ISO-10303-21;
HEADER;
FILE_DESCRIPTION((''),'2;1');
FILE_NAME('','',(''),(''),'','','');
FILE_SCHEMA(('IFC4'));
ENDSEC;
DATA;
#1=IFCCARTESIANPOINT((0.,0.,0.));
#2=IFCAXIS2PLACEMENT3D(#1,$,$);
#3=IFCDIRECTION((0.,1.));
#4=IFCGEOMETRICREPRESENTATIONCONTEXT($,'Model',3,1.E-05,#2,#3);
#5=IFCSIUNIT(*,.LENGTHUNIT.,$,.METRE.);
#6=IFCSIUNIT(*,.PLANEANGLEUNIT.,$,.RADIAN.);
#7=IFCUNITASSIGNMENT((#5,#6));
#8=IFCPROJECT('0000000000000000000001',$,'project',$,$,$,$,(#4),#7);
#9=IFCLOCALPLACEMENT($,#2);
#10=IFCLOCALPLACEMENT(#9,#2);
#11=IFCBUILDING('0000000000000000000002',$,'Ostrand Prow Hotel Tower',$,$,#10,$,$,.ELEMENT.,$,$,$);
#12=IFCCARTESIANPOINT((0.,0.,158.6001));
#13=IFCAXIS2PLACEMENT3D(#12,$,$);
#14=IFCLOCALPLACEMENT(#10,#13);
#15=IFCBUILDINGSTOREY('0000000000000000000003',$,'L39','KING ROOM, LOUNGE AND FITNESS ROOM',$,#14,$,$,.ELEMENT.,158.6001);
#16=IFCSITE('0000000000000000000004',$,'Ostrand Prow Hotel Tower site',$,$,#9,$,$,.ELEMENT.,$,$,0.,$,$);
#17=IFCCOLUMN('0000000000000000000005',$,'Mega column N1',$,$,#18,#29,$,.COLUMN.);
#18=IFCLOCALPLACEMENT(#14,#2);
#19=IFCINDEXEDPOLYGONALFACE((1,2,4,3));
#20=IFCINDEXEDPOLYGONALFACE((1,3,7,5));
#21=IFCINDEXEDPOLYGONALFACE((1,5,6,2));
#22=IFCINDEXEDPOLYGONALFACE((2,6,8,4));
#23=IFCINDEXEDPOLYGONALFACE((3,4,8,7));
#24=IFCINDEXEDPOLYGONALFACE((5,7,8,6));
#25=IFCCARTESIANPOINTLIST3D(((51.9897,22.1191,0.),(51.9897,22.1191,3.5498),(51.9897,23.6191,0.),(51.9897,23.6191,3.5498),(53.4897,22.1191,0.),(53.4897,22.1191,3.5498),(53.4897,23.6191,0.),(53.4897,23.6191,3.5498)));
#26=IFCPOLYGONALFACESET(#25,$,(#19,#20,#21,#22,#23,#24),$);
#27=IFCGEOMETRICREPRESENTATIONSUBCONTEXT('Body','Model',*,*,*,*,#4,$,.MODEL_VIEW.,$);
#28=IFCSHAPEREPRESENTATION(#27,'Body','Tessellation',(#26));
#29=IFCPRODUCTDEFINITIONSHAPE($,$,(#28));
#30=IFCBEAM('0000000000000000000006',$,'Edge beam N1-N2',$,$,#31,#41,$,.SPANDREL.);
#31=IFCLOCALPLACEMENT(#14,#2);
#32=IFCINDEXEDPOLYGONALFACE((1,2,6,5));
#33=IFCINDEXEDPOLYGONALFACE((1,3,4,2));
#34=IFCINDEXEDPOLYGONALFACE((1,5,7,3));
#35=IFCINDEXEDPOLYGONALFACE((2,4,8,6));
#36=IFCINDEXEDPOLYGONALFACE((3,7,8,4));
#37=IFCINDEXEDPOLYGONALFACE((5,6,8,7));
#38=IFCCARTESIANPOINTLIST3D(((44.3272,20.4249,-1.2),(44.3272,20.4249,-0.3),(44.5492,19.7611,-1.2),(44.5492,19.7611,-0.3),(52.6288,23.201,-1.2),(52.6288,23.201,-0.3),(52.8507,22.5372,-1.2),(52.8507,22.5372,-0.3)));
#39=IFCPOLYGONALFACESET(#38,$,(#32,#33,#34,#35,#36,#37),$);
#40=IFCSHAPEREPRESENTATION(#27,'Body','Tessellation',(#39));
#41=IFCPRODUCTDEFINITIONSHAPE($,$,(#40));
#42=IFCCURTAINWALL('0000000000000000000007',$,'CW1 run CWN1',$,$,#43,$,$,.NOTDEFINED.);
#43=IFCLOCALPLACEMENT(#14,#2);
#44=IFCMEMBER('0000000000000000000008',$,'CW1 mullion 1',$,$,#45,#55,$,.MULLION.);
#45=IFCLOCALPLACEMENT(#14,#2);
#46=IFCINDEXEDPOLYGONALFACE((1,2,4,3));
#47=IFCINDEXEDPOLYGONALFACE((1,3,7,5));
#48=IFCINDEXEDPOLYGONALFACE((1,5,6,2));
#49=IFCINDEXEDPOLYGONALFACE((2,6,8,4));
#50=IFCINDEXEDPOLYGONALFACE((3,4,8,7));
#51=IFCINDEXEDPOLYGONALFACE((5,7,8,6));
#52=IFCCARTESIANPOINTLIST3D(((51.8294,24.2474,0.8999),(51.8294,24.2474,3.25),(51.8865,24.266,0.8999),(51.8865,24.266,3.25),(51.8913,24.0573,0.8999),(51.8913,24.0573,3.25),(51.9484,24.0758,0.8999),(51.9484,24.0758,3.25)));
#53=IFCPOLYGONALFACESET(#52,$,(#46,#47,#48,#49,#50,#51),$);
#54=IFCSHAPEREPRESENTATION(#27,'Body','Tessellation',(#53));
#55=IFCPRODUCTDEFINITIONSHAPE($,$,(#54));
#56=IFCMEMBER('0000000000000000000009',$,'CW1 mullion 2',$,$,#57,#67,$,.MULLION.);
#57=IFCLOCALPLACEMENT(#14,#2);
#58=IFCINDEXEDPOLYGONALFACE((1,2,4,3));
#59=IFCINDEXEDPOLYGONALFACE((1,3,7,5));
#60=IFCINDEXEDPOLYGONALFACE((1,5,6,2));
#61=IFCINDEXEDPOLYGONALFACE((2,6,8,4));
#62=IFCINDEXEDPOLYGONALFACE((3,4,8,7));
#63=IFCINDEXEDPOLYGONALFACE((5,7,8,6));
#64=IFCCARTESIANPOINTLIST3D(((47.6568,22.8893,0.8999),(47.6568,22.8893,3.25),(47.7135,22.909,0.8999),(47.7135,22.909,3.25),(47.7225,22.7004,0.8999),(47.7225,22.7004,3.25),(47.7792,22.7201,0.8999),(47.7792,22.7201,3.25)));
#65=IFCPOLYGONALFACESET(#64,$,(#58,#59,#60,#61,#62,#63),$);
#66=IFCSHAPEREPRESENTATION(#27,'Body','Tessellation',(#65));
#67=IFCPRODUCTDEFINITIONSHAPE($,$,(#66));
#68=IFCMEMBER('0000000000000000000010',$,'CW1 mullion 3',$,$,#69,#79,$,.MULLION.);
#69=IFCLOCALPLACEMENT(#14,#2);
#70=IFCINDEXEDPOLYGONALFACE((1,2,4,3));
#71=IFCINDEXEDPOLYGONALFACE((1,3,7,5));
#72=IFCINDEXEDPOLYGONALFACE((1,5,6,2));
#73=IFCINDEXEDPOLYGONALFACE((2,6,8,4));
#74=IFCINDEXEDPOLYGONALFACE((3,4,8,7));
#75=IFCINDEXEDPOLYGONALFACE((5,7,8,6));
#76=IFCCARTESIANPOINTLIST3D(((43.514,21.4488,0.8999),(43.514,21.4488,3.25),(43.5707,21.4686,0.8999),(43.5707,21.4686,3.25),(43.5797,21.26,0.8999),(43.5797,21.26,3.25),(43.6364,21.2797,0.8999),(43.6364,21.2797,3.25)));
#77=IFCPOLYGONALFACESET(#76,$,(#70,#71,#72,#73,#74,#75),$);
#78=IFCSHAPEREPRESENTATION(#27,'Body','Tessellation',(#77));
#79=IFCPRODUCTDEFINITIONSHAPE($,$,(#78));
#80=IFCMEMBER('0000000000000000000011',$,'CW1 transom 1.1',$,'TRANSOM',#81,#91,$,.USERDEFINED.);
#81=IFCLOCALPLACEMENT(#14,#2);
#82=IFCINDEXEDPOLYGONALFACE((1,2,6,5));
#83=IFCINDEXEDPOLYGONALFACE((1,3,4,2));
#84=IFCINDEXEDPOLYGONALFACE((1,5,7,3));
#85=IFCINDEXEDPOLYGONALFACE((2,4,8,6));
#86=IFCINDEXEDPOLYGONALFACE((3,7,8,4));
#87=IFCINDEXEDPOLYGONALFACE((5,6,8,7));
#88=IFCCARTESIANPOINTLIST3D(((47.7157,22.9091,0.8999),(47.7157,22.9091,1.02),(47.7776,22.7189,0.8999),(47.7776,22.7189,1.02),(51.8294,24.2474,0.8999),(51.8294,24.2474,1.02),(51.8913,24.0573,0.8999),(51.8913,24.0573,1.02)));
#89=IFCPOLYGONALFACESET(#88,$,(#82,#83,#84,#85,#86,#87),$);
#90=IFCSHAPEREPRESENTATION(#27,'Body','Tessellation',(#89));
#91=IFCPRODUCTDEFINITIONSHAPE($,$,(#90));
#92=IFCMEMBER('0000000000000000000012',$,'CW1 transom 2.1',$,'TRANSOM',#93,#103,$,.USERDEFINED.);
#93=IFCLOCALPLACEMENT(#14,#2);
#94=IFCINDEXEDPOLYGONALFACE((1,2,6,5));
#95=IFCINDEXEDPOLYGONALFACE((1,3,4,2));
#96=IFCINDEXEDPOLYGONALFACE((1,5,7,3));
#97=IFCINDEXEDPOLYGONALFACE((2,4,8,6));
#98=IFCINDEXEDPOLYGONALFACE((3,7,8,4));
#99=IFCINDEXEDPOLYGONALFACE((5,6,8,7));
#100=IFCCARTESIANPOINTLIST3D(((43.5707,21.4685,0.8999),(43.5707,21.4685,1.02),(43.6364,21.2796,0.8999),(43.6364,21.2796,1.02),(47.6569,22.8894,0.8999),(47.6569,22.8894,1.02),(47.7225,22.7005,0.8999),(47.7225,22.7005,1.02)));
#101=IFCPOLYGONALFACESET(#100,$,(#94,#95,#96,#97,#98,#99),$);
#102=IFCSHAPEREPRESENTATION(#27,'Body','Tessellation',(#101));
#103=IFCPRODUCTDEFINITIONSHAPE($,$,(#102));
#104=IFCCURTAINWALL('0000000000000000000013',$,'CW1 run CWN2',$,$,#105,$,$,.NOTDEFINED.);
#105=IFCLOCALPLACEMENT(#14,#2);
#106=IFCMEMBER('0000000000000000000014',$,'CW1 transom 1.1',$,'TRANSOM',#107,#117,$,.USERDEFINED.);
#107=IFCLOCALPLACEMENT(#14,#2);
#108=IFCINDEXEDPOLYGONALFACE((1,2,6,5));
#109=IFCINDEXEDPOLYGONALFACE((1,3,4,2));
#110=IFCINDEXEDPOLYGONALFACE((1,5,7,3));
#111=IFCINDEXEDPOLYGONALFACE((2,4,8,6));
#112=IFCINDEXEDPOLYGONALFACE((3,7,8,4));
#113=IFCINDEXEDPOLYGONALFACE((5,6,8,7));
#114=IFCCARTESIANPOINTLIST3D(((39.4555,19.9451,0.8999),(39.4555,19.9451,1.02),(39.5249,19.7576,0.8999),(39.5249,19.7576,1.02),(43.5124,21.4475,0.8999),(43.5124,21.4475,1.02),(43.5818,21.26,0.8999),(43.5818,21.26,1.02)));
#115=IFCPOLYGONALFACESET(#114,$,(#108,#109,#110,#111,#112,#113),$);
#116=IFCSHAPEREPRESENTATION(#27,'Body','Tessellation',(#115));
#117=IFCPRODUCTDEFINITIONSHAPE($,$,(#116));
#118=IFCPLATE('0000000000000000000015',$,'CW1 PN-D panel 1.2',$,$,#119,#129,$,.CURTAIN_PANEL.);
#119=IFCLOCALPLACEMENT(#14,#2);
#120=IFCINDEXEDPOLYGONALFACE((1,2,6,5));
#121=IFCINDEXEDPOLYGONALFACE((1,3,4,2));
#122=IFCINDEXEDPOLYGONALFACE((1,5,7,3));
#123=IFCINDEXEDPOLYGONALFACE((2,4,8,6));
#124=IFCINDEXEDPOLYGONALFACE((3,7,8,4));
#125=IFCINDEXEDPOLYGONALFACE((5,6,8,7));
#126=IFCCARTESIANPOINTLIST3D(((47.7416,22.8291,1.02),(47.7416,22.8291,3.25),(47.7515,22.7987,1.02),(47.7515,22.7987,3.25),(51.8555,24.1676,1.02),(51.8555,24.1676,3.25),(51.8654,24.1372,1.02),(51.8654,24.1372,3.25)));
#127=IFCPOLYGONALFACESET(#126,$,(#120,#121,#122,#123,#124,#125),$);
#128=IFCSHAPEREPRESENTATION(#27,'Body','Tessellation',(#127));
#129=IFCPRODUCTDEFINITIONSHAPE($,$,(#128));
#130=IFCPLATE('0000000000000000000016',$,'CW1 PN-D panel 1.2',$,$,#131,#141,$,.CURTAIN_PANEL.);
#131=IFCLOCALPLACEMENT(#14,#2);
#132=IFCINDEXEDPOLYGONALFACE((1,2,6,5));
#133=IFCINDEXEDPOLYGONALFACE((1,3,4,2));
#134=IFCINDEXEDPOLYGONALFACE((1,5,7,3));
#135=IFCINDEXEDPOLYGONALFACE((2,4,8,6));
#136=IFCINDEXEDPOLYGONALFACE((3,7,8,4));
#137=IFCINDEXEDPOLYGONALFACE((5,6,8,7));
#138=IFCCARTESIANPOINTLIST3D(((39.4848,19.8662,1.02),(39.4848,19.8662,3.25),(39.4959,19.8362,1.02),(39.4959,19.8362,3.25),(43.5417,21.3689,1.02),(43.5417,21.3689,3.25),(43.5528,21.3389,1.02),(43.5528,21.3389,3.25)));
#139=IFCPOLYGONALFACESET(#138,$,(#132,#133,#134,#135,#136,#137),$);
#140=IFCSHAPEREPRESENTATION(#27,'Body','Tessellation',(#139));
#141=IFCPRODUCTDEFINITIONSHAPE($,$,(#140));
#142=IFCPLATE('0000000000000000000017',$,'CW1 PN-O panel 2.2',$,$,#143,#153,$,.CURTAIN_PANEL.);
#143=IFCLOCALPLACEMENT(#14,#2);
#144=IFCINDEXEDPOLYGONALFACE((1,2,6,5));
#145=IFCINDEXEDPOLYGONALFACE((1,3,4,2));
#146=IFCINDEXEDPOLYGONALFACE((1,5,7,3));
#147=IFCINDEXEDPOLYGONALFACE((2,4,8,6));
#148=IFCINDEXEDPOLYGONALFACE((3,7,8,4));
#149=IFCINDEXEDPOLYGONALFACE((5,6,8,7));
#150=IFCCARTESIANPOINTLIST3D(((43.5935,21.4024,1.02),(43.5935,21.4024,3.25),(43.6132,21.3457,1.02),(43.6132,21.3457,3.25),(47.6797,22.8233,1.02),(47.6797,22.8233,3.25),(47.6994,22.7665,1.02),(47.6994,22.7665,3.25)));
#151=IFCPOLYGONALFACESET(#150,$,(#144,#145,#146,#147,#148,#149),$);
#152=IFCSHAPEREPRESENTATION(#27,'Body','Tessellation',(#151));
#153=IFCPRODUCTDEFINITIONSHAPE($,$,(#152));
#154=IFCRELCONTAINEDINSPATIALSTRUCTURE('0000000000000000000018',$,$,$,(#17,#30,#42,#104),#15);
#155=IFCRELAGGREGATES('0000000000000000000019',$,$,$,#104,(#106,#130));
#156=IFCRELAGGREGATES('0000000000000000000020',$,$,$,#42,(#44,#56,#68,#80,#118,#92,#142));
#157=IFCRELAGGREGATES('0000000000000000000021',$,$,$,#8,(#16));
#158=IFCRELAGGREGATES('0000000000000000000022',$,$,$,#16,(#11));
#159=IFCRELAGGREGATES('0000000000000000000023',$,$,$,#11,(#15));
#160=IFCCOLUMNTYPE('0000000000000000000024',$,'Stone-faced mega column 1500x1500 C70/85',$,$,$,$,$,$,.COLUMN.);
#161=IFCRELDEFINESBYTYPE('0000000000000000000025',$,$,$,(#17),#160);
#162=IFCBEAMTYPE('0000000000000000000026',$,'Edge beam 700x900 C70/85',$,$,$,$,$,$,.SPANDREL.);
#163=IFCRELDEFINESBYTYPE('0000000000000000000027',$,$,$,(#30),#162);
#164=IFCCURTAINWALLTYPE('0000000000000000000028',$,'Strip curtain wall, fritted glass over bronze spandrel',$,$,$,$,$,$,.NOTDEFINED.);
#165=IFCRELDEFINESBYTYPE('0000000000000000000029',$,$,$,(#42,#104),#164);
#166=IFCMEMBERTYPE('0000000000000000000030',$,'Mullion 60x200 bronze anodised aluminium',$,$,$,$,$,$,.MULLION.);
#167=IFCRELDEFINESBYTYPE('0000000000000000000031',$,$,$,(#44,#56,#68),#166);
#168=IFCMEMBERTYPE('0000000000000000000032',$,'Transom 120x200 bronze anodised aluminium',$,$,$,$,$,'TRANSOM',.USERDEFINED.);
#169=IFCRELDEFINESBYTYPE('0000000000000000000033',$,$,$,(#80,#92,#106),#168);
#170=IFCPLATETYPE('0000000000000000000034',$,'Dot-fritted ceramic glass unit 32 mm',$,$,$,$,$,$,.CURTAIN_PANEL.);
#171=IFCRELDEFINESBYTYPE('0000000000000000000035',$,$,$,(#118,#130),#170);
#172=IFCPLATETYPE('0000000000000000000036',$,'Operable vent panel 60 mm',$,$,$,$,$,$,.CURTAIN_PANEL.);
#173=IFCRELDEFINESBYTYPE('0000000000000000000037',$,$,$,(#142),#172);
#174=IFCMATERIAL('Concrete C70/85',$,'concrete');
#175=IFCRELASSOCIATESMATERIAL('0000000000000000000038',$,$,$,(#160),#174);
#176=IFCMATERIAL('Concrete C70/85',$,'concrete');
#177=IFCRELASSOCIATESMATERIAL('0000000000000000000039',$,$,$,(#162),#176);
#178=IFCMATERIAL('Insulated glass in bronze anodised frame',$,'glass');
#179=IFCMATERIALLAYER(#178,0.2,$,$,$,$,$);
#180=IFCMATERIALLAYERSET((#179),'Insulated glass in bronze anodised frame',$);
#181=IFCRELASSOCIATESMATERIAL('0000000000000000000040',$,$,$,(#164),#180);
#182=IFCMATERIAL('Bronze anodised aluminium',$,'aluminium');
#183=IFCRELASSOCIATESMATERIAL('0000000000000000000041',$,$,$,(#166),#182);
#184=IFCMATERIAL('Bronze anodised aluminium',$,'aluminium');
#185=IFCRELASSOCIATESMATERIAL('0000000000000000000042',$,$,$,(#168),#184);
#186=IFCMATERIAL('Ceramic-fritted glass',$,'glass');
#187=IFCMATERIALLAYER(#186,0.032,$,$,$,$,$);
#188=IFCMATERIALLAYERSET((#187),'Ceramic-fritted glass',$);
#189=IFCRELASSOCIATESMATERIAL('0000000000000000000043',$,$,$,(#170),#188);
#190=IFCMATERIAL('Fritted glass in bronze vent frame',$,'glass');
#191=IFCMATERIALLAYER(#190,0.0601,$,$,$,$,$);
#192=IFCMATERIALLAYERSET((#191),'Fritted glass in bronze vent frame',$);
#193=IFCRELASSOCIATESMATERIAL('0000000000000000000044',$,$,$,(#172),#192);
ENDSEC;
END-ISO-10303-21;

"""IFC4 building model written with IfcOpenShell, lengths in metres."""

from ifc_helpers import new_model, si_unit, direction, frame, origin, origin_2d, place, context, subcontext, project, spatial, rectangle, extrude, material, layer, layer_set, material_profile, profile_set, type_object, element, aggregate, save


model = new_model("IFC4")

# Units and contexts
model_context = context("Model", 3, precision=1e-05, world=origin(), true_north=direction((0.0, 1.0)))
body_context = subcontext(model_context, "Body", "Model", "MODEL_VIEW")
ifc_project = project(units=[si_unit("LENGTHUNIT", "METRE"), si_unit("PLANEANGLEUNIT", "RADIAN")], contexts=[model_context])

# Site, building, storey
site_placement = place(None, origin())
site = spatial("IfcSite", under=ifc_project, at=site_placement, Name="Ostrand Prow Hotel Tower site", CompositionType="ELEMENT", RefElevation=0.0)
building_placement = place(site_placement, origin())
building = spatial("IfcBuilding", under=site, at=building_placement, Name="Ostrand Prow Hotel Tower", CompositionType="ELEMENT")
storey_placement = place(building_placement, frame((0.0, 0.0, 158.6001)))
storey = spatial("IfcBuildingStorey", under=building, at=storey_placement, Name="L39", Description="KING ROOM, LOUNGE AND FITNESS ROOM", CompositionType="ELEMENT", Elevation=158.6001)

# Column
ifc_material_1 = material(Name="Concrete C70/85", Category="concrete")
ifc_material_profile_1 = material_profile(ifc_material_1, rectangle(XDim=1.5, YDim=1.5, at=origin_2d()), Name="RC 1500x1500")
ifc_profile_set_1 = profile_set([ifc_material_profile_1], Name="Concrete C70/85")
column_type = type_object("IfcColumnType", Name="Stone-faced mega column 1500x1500 C70/85", PredefinedType="COLUMN", material=ifc_profile_set_1)
column_placement = place(storey_placement, frame((52.7397, 22.8691, 0.0), z_axis=(0.0, 0.0, 1.0), x_axis=(1.0, 0.0, 0.0)))
element("IfcColumn", 1, at=column_placement, inside=storey, type_object=column_type, Name="Mega column N1", PredefinedType="COLUMN", context=body_context, shape_type="SweptSolid", body=[
    extrude(rectangle(XDim=1.5, YDim=1.5, at=origin_2d()), origin(), (0.0, 0.0, 1.0), 3.5498),
])

# Beam
ifc_material_2 = material(Name="Concrete C70/85", Category="concrete")
ifc_material_profile_2 = material_profile(ifc_material_2, rectangle(XDim=0.7, YDim=0.8999, at=origin_2d()), Name="RC 700x900")
ifc_profile_set_2 = profile_set([ifc_material_profile_2], Name="Concrete C70/85")
beam_type = type_object("IfcBeamType", Name="Edge beam 700x900 C70/85", PredefinedType="SPANDREL", material=ifc_profile_set_2)
beam_placement = place(storey_placement, frame((52.7397, 22.8691, -0.75), z_axis=(-0.948376, -0.317148, 0.0), x_axis=(0.317148, -0.948376, 0.0)))
element("IfcBeam", 2, at=beam_placement, inside=storey, type_object=beam_type, Name="Edge beam N1-N2", PredefinedType="SPANDREL", context=body_context, shape_type="SweptSolid", body=[
    extrude(rectangle(XDim=0.7, YDim=0.8999, at=origin_2d()), origin(), (0.0, 0.0, 1.0), 8.7534),
])

# Curtain wall, members
ifc_material_3 = material(Name="Insulated glass in bronze anodised frame", Category="glass")
ifc_layer_1 = layer(ifc_material_3, 0.2)
ifc_layer_set_1 = layer_set([ifc_layer_1], Name="Insulated glass in bronze anodised frame")
curtain_wall_type = type_object("IfcCurtainWallType", Name="Strip curtain wall, fritted glass over bronze spandrel", PredefinedType="NOTDEFINED", material=ifc_layer_set_1)
curtain_wall_1_placement = place(storey_placement, origin())
curtain_wall_1 = element("IfcCurtainWall", 3, at=curtain_wall_1_placement, inside=storey, type_object=curtain_wall_type, Name="CW1 run CWN1", PredefinedType="NOTDEFINED")
ifc_material_4 = material(Name="Bronze anodised aluminium", Category="aluminium")
ifc_material_profile_3 = material_profile(ifc_material_4, rectangle(XDim=0.2, YDim=0.0601, at=origin_2d()), Name="Mullion 60x200 bronze anodised aluminium")
ifc_profile_set_3 = profile_set([ifc_material_profile_3], Name="Bronze anodised aluminium")
member_type_1 = type_object("IfcMemberType", Name="Mullion 60x200 bronze anodised aluminium", PredefinedType="MULLION", material=ifc_profile_set_3)
member_1_placement = place(storey_placement, frame((51.8889, 24.1616, 0.8999), z_axis=(0.0, 0.0, 1.0), x_axis=(0.30938, -0.950938, 0.0)))
member_1 = element("IfcMember", 4, at=member_1_placement, type_object=member_type_1, Name="CW1 mullion 1", PredefinedType="MULLION", context=body_context, shape_type="SweptSolid", body=[
    extrude(rectangle(XDim=0.2, YDim=0.0601, at=origin_2d()), origin(), (0.0, 0.0, 1.0), 2.3501),
])
member_2_placement = place(storey_placement, frame((47.718, 22.8047, 0.8999), z_axis=(0.0, 0.0, 1.0), x_axis=(0.328428, -0.944529, 0.0)))
member_2 = element("IfcMember", 5, at=member_2_placement, type_object=member_type_1, Name="CW1 mullion 2", PredefinedType="MULLION", context=body_context, shape_type="SweptSolid", body=[
    extrude(rectangle(XDim=0.2, YDim=0.0601, at=origin_2d()), origin(), (0.0, 0.0, 1.0), 2.3501),
])
member_3_placement = place(storey_placement, frame((43.5752, 21.3643, 0.8999), z_axis=(0.0, 0.0, 1.0), x_axis=(0.328428, -0.944529, 0.0)))
member_3 = element("IfcMember", 6, at=member_3_placement, type_object=member_type_1, Name="CW1 mullion 3", PredefinedType="MULLION", context=body_context, shape_type="SweptSolid", body=[
    extrude(rectangle(XDim=0.2, YDim=0.0601, at=origin_2d()), origin(), (0.0, 0.0, 1.0), 2.3501),
])
ifc_material_5 = material(Name="Bronze anodised aluminium", Category="aluminium")
ifc_material_profile_4 = material_profile(ifc_material_5, rectangle(XDim=0.2, YDim=0.1201, at=origin_2d()), Name="Transom 120x200 bronze anodised aluminium")
ifc_profile_set_4 = profile_set([ifc_material_profile_4], Name="Bronze anodised aluminium")
member_type_2 = type_object("IfcMemberType", Name="Transom 120x200 bronze anodised aluminium", ElementType="TRANSOM", PredefinedType="USERDEFINED", material=ifc_profile_set_4)
member_4_placement = place(storey_placement, frame((51.8604, 24.1523, 0.96), z_axis=(-0.950939, -0.30938, 0.0), x_axis=(0.30938, -0.950939, 0.0)))
member_4 = element("IfcMember", 7, at=member_4_placement, type_object=member_type_2, Name="CW1 transom 1.1", ObjectType="TRANSOM", PredefinedType="USERDEFINED", context=body_context, shape_type="SweptSolid", body=[
    extrude(rectangle(XDim=0.2, YDim=0.1201, at=origin_2d()), origin(), (0.0, 0.0, 1.0), 4.3259),
])
member_5_placement = place(storey_placement, frame((47.6897, 22.7949, 0.96), z_axis=(-0.944524, -0.328442, 0.0), x_axis=(0.328442, -0.944524, 0.0)))
member_5 = element("IfcMember", 8, at=member_5_placement, type_object=member_type_2, Name="CW1 transom 2.1", ObjectType="TRANSOM", PredefinedType="USERDEFINED", context=body_context, shape_type="SweptSolid", body=[
    extrude(rectangle(XDim=0.2, YDim=0.1201, at=origin_2d()), origin(), (0.0, 0.0, 1.0), 4.3262),
])

# Curtain wall, member
curtain_wall_2_placement = place(storey_placement, origin())
curtain_wall_2 = element("IfcCurtainWall", 9, at=curtain_wall_2_placement, inside=storey, type_object=curtain_wall_type, Name="CW1 run CWN2", PredefinedType="NOTDEFINED")
member_6_placement = place(storey_placement, frame((43.5471, 21.3538, 0.96), z_axis=(-0.937757, -0.347292, 0.0), x_axis=(0.347292, -0.937757, 0.0)))
member_6 = element("IfcMember", 10, at=member_6_placement, type_object=member_type_2, Name="CW1 transom 1.1", ObjectType="TRANSOM", PredefinedType="USERDEFINED", context=body_context, shape_type="SweptSolid", body=[
    extrude(rectangle(XDim=0.2, YDim=0.1201, at=origin_2d()), origin(), (0.0, 0.0, 1.0), 4.3262),
])

# Plates
ifc_material_6 = material(Name="Ceramic-fritted glass", Category="glass")
ifc_layer_2 = layer(ifc_material_6, 0.032)
ifc_layer_set_2 = layer_set([ifc_layer_2], Name="Ceramic-fritted glass")
plate_type_1 = type_object("IfcPlateType", Name="Dot-fritted ceramic glass unit 32 mm", PredefinedType="CURTAIN_PANEL", material=ifc_layer_set_2)
plate_1_placement = place(storey_placement, frame((49.8035, 23.4832, 1.02), z_axis=(0.0, 0.0, 1.0), x_axis=(-0.950938, -0.30938, 0.0)))
plate_1 = element("IfcPlate", 11, at=plate_1_placement, type_object=plate_type_1, Name="CW1 PN-D panel 1.2", PredefinedType="CURTAIN_PANEL", context=body_context, shape_type="SweptSolid", body=[
    extrude(rectangle(XDim=4.3262, YDim=0.032, at=origin_2d()), origin(), (0.0, 0.0, 1.0), 2.23),
])
plate_2_placement = place(storey_placement, frame((41.5188, 20.6025, 1.02), z_axis=(0.0, 0.0, 1.0), x_axis=(-0.937739, -0.347342, 0.0)))
plate_2 = element("IfcPlate", 12, at=plate_2_placement, type_object=plate_type_1, Name="CW1 PN-D panel 1.2", PredefinedType="CURTAIN_PANEL", context=body_context, shape_type="SweptSolid", body=[
    extrude(rectangle(XDim=4.3262, YDim=0.032, at=origin_2d()), origin(), (0.0, 0.0, 1.0), 2.23),
])
aggregate(curtain_wall_2, [member_6, plate_2])
ifc_material_7 = material(Name="Fritted glass in bronze vent frame", Category="glass")
ifc_layer_3 = layer(ifc_material_7, 0.0601)
ifc_layer_set_3 = layer_set([ifc_layer_3], Name="Fritted glass in bronze vent frame")
plate_type_2 = type_object("IfcPlateType", Name="Operable vent panel 60 mm", PredefinedType="CURTAIN_PANEL", material=ifc_layer_set_3)
plate_3_placement = place(storey_placement, frame((45.6465, 22.0845, 1.02), z_axis=(0.0, 0.0, 1.0), x_axis=(-0.944529, -0.328428, 0.0)))
plate_3 = element("IfcPlate", 13, at=plate_3_placement, type_object=plate_type_2, Name="CW1 PN-O panel 2.2", PredefinedType="CURTAIN_PANEL", context=body_context, shape_type="SweptSolid", body=[
    extrude(rectangle(XDim=4.3262, YDim=0.0601, at=origin_2d()), origin(), (0.0, 0.0, 1.0), 2.23),
])
aggregate(curtain_wall_1, [member_1, member_2, member_3, member_4, plate_1, member_5, plate_3])

save(model, "model.ifc")
